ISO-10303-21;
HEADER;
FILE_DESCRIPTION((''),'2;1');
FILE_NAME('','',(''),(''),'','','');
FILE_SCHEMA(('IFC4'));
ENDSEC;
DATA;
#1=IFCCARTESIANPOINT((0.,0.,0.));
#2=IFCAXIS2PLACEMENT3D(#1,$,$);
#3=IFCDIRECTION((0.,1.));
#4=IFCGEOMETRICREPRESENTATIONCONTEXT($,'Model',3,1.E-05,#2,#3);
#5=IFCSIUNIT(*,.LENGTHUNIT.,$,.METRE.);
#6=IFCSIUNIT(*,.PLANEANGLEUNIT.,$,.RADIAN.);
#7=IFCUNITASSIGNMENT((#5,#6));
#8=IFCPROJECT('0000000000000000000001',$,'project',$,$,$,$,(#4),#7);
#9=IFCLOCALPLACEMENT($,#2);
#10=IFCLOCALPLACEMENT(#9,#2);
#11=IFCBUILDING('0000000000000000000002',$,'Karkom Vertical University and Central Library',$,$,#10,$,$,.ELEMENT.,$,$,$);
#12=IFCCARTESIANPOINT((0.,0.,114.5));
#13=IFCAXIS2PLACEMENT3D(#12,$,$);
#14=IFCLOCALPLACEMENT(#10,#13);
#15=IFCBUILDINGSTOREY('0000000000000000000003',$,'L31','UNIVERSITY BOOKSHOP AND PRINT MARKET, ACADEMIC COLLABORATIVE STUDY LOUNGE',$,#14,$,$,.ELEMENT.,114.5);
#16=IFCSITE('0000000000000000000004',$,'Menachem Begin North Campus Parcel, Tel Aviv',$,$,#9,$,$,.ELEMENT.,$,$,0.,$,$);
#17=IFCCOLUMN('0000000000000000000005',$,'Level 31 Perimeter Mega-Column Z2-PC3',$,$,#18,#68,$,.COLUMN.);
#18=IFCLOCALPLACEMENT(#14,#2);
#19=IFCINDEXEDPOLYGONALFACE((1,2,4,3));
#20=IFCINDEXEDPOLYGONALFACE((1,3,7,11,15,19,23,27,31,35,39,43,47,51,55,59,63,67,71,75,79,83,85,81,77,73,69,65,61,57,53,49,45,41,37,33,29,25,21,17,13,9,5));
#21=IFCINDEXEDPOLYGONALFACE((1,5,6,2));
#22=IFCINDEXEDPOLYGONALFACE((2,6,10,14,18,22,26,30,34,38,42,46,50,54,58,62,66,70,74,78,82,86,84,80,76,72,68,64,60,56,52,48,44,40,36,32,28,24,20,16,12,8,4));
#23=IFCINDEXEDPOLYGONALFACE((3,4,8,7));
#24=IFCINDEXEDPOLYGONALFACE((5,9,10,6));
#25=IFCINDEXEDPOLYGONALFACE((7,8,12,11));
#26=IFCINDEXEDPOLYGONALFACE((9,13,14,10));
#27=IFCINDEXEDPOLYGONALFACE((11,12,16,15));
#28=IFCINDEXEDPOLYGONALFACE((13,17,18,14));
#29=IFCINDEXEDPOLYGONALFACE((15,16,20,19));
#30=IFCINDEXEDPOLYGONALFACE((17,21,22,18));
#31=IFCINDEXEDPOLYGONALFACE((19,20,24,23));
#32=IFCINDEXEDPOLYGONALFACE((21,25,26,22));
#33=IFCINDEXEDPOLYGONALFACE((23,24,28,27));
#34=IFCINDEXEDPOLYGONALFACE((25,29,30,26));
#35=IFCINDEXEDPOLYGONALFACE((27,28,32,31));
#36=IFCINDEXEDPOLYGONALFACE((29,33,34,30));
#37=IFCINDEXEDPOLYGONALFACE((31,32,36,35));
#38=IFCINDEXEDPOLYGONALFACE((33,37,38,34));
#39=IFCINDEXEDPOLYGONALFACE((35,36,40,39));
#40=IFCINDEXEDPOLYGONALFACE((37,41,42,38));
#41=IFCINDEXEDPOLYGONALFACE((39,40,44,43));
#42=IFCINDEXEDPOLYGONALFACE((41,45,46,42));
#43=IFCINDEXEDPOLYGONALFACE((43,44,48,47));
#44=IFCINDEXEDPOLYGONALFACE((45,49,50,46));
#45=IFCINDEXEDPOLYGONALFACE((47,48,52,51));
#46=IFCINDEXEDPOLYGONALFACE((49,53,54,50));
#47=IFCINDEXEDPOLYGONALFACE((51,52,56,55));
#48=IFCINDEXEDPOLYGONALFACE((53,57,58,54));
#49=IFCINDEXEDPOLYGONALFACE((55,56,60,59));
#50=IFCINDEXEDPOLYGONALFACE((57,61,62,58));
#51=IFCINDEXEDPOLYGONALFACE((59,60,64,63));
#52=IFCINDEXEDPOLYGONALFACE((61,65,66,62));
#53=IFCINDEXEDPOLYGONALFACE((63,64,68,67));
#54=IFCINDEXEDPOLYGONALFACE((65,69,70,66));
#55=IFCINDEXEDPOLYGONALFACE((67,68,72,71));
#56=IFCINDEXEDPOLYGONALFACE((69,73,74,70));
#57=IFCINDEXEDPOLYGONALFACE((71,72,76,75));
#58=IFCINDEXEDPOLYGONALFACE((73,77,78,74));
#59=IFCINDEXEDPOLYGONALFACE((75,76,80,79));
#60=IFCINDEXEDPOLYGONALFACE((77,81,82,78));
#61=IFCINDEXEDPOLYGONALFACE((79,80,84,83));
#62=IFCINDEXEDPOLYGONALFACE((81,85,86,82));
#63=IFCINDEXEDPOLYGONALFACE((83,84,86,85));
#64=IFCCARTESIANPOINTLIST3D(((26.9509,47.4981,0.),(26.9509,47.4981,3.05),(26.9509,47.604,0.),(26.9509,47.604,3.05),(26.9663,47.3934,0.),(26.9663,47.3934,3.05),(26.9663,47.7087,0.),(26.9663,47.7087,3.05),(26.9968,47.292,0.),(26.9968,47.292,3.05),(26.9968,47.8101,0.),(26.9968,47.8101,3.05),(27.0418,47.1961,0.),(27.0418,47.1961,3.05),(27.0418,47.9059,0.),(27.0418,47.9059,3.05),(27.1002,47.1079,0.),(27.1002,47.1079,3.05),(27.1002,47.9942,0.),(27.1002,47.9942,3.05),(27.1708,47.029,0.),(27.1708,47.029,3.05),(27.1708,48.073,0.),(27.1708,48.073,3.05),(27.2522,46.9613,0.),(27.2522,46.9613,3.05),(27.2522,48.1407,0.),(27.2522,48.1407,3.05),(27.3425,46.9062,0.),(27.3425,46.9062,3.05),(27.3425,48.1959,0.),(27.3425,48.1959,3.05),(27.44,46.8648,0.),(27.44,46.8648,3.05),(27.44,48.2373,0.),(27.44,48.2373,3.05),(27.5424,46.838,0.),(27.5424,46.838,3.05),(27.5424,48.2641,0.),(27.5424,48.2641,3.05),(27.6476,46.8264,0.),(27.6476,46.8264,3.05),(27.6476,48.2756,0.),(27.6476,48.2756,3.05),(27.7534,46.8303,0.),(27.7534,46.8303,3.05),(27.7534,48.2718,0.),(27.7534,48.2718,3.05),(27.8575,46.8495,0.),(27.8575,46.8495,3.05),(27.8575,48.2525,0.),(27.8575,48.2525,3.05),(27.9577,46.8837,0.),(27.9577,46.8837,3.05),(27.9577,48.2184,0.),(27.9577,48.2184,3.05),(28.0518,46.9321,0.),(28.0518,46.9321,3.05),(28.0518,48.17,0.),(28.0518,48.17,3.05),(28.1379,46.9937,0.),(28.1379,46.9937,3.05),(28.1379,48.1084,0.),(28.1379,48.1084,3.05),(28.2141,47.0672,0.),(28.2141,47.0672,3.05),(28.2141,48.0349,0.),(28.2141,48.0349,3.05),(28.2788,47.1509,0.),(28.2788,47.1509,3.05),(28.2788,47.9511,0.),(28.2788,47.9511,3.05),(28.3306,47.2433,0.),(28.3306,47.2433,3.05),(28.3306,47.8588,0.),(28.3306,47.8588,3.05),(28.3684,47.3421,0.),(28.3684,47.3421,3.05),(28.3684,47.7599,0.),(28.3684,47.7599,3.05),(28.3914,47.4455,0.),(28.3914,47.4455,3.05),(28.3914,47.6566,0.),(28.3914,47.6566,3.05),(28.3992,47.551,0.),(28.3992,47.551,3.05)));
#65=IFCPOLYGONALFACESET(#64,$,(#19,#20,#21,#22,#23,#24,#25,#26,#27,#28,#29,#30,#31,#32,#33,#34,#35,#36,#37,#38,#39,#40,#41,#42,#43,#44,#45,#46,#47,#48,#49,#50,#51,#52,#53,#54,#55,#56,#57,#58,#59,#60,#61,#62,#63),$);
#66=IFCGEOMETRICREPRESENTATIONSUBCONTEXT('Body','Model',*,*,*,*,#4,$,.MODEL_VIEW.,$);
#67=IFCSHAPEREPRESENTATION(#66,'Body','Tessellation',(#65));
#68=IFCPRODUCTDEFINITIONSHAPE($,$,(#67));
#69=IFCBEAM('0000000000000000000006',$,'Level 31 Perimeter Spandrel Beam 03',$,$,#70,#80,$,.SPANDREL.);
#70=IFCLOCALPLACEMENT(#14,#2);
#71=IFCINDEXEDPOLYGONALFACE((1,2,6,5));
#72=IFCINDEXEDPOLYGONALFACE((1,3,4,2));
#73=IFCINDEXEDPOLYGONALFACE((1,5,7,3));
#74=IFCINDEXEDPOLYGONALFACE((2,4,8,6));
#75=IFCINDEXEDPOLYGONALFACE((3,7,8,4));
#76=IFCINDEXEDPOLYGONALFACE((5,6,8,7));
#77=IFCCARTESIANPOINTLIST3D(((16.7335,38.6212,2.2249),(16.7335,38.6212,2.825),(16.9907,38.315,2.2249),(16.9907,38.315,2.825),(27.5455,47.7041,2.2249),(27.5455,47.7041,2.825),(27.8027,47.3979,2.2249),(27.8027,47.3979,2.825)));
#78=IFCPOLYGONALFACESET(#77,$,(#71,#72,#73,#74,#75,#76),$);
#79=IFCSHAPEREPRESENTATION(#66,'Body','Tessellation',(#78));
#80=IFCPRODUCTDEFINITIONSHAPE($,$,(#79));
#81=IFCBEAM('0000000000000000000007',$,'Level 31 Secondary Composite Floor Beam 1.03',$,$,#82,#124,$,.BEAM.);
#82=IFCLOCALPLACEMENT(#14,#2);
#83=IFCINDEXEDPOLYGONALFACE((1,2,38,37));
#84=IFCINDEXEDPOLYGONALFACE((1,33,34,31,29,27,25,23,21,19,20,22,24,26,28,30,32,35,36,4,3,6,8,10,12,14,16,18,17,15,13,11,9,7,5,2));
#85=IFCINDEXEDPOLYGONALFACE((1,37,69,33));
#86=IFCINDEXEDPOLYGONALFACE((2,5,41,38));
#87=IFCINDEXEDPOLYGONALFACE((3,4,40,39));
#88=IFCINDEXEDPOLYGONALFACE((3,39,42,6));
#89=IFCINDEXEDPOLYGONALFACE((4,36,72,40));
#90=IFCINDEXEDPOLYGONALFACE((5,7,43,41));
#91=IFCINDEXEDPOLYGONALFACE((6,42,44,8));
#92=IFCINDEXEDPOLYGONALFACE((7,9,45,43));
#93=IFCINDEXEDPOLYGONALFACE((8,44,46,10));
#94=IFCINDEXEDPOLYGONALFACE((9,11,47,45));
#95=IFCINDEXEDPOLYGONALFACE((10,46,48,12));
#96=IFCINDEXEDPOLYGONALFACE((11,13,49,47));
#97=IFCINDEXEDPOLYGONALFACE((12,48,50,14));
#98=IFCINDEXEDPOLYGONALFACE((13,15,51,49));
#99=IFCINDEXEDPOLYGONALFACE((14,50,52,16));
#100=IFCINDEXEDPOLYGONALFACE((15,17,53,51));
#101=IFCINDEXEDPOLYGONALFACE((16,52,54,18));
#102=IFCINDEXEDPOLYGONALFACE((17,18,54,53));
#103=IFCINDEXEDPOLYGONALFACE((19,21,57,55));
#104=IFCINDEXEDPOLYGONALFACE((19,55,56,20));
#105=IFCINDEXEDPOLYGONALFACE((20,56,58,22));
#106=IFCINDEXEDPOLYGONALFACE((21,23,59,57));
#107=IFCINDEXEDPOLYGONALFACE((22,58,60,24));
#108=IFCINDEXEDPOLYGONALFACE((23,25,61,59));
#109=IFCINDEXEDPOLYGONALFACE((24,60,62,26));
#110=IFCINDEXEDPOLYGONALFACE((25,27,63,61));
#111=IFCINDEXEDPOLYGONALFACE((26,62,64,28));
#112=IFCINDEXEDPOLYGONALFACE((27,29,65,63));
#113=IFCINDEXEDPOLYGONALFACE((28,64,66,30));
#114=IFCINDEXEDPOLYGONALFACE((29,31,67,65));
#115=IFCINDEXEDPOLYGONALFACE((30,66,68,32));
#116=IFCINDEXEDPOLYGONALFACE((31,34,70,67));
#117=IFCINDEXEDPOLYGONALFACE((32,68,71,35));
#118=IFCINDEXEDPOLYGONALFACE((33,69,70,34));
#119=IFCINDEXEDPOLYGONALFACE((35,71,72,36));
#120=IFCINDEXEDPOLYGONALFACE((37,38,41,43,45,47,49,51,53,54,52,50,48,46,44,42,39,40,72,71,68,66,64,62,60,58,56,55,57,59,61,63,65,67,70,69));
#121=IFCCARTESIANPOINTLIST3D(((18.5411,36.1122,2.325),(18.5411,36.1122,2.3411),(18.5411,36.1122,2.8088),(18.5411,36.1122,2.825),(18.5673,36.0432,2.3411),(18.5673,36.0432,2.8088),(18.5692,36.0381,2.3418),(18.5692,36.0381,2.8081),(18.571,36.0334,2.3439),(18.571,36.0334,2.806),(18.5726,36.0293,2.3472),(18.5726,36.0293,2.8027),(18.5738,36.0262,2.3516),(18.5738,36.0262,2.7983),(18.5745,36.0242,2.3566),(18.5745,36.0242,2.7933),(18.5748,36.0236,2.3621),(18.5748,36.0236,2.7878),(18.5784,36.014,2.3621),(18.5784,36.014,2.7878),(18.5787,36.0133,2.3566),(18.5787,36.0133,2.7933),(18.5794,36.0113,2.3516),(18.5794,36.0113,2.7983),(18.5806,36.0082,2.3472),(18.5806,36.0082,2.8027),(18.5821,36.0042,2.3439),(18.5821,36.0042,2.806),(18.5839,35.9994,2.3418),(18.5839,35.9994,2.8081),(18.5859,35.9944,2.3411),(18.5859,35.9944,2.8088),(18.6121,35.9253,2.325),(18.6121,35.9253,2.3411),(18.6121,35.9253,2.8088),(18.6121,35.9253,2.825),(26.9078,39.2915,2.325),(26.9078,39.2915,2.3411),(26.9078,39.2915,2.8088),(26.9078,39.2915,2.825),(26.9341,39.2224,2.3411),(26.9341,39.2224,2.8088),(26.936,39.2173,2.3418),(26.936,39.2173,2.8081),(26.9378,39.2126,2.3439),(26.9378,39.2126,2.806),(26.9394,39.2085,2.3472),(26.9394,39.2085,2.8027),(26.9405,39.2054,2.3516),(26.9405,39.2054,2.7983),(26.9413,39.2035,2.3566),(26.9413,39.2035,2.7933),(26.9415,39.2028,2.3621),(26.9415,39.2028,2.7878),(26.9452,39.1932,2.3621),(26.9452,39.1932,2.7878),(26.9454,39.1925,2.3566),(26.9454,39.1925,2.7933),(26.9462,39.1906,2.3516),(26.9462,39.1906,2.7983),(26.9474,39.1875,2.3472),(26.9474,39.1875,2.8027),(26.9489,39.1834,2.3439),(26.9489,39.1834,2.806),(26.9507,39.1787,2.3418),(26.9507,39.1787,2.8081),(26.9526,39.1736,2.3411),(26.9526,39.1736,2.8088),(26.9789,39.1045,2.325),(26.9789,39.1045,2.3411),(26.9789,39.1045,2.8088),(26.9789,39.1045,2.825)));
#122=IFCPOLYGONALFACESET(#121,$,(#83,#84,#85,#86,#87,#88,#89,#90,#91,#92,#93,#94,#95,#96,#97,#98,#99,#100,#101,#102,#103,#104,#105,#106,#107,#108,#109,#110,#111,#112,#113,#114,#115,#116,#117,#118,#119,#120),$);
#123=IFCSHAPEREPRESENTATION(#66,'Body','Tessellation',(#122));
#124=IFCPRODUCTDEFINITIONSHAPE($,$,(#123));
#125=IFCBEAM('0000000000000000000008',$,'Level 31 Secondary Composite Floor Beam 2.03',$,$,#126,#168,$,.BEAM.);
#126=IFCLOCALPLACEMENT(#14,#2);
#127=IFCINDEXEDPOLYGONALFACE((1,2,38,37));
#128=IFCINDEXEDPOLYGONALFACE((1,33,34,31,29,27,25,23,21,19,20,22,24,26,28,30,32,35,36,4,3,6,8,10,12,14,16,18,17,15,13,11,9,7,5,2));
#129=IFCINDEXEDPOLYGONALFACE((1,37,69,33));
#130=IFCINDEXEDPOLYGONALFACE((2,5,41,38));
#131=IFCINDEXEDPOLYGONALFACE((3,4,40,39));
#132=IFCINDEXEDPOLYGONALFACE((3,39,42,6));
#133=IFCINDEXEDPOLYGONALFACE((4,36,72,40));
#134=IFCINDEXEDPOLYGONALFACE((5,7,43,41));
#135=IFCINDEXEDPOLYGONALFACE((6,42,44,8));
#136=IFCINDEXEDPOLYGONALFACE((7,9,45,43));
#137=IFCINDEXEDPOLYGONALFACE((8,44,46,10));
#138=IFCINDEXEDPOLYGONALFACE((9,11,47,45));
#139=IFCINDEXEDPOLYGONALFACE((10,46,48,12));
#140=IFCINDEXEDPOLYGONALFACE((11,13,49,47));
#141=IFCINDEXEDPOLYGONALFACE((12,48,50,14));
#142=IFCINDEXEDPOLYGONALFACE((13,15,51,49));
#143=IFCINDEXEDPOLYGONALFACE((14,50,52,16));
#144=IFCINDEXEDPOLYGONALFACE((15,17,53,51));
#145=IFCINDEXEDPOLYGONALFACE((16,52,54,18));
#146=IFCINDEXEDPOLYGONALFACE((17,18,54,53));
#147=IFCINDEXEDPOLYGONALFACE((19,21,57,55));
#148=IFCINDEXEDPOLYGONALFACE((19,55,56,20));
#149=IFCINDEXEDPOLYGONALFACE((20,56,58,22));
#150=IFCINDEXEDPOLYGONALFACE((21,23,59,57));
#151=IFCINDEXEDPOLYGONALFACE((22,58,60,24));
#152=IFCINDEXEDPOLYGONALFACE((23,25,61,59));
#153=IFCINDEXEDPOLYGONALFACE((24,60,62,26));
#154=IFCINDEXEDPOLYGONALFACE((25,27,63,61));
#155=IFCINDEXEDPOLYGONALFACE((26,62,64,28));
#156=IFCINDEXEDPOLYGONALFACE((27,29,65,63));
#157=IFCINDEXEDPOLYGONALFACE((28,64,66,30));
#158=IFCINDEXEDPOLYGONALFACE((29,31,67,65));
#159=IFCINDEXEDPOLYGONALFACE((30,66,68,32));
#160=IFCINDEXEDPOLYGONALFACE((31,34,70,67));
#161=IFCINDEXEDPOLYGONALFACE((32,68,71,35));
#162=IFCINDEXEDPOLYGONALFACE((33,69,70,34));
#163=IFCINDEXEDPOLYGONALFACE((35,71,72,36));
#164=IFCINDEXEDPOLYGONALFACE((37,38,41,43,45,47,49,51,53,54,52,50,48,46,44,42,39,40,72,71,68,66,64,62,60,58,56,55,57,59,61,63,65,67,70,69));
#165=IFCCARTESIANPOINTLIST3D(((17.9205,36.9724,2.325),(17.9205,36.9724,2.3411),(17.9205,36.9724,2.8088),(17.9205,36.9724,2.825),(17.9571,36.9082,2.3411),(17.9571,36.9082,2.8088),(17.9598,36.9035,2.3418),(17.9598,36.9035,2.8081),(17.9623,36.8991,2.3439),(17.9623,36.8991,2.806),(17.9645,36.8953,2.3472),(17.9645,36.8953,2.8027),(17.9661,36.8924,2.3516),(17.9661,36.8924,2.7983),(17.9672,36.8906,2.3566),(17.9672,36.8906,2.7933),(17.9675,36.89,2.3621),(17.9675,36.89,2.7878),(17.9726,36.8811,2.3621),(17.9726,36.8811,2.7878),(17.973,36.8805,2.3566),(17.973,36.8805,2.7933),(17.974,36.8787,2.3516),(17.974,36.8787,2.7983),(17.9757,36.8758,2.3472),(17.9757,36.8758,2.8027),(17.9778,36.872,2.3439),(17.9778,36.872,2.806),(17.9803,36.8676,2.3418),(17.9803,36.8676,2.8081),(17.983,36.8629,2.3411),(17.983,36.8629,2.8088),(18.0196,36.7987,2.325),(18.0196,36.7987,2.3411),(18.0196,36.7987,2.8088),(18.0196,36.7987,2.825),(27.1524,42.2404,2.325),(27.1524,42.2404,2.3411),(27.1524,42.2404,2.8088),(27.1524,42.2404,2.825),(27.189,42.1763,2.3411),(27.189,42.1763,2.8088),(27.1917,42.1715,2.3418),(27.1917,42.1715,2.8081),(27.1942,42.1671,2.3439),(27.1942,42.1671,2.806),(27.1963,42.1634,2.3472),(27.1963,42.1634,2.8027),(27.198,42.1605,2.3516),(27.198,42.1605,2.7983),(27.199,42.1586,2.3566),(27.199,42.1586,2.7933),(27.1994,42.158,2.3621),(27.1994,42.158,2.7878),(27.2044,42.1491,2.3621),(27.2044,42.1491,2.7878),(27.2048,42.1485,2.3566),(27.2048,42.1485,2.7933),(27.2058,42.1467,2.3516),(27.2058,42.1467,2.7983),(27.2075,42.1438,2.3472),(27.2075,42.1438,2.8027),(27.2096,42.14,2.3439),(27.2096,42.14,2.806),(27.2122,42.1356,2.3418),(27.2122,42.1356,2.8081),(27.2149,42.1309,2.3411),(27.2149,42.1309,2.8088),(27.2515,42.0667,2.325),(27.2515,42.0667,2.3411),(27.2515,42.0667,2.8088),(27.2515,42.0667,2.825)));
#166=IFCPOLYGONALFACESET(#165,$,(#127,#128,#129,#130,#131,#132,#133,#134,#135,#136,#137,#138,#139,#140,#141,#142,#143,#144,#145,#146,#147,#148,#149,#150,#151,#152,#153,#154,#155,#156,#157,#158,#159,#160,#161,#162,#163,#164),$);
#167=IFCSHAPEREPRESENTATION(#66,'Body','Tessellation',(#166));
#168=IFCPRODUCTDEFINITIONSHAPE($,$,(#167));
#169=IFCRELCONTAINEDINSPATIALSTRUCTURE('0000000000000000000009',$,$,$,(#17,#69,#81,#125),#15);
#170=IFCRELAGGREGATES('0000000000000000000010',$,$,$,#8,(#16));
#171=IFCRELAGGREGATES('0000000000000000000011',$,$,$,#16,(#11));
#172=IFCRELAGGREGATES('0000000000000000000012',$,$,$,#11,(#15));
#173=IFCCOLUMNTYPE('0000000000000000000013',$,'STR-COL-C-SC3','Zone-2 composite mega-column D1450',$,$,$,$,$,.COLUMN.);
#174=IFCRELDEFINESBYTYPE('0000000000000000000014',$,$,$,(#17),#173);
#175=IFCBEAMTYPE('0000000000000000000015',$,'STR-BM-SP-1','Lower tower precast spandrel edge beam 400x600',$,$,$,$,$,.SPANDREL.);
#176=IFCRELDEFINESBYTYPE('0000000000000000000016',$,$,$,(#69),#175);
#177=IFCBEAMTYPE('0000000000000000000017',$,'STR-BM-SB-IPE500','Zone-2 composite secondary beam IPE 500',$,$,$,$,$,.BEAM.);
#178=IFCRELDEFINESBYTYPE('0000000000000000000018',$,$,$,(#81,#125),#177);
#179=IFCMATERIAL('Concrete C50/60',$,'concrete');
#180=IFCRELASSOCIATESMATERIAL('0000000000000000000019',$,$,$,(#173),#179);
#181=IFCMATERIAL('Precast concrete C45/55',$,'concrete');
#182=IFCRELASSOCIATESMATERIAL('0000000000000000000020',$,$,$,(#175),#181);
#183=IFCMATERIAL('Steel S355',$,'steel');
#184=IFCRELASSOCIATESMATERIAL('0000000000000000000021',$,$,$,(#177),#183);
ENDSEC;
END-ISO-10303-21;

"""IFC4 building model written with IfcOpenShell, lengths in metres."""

from ifc_helpers import new_model, si_unit, direction, frame, origin, origin_with_axes, origin_2d, place, context, subcontext, project, spatial, rectangle, circle, i_section, extrude, source, transform, mapped, material, material_profile, profile_set, type_object, element, save


model = new_model("IFC4")

# Units and contexts
model_context = context("Model", 3, precision=1e-05, world=origin(), true_north=direction((0.0, 1.0)))
body_context = subcontext(model_context, "Body", "Model", "MODEL_VIEW")
ifc_project = project(units=[si_unit("LENGTHUNIT", "METRE"), si_unit("PLANEANGLEUNIT", "RADIAN")], contexts=[model_context])

# Site, building, storey
site_placement = place(None, origin())
site = spatial("IfcSite", under=ifc_project, at=site_placement, Name="Menachem Begin North Campus Parcel, Tel Aviv", CompositionType="ELEMENT", RefElevation=0.0)
building_placement = place(site_placement, origin())
building = spatial("IfcBuilding", under=site, at=building_placement, Name="Karkom Vertical University and Central Library", CompositionType="ELEMENT")
storey_placement = place(building_placement, frame((0.0, 0.0, 114.5)))
storey = spatial("IfcBuildingStorey", under=building, at=storey_placement, Name="L31", Description="UNIVERSITY BOOKSHOP AND PRINT MARKET, ACADEMIC COLLABORATIVE STUDY LOUNGE", CompositionType="ELEMENT", Elevation=114.5)

# Column
ifc_material_1 = material(Name="Concrete C50/60", Category="concrete")
ifc_material_profile_1 = material_profile(ifc_material_1, circle(Radius=0.7251, at=origin_2d()), Name="CFT-D1450")
ifc_profile_set_1 = profile_set([ifc_material_profile_1], Name="Concrete C50/60")
column_type = type_object("IfcColumnType", Name="STR-COL-C-SC3", Description="Zone-2 composite mega-column D1450", PredefinedType="COLUMN", material=ifc_profile_set_1)
shared_shape_1 = source(origin_with_axes(), body_context, "Body", "SweptSolid", [
    extrude(circle(Radius=0.7251, at=origin_2d()), origin(), (0.0, 0.0, 1.0), 3.05),
])
column_placement = place(storey_placement, frame((27.6741, 47.551, 0.0), z_axis=(0.0, 0.0, 1.0), x_axis=(1.0, 0.0, 0.0)))
element("IfcColumn", 1, at=column_placement, inside=storey, type_object=column_type, Name="Level 31 Perimeter Mega-Column Z2-PC3", PredefinedType="COLUMN", context=body_context, shape_type="MappedRepresentation", body=[
    mapped(shared_shape_1, transform((0.0, 0.0, 0.0), scale=1.0)),
])

# Beams
ifc_material_2 = material(Name="Precast concrete C45/55", Category="concrete")
ifc_material_profile_2 = material_profile(ifc_material_2, rectangle(XDim=0.3999, YDim=0.6001, at=origin_2d()), Name="SPB-400x600")
ifc_profile_set_2 = profile_set([ifc_material_profile_2], Name="Precast concrete C45/55")
beam_type_1 = type_object("IfcBeamType", Name="STR-BM-SP-1", Description="Lower tower precast spandrel edge beam 400x600", PredefinedType="SPANDREL", material=ifc_profile_set_2)
shared_shape_2 = source(origin_with_axes(), body_context, "Body", "SweptSolid", [
    extrude(rectangle(XDim=0.3999, YDim=0.6001, at=origin_2d()), origin(), (0.0, 0.0, 1.0), 14.1208),
])
beam_1_placement = place(storey_placement, frame((27.6741, 47.551, 2.5249), z_axis=(-0.765673, -0.64323, 0.0), x_axis=(0.64323, -0.765673, 0.0)))
element("IfcBeam", 2, at=beam_1_placement, inside=storey, type_object=beam_type_1, Name="Level 31 Perimeter Spandrel Beam 03", PredefinedType="SPANDREL", context=body_context, shape_type="MappedRepresentation", body=[
    mapped(shared_shape_2, transform((0.0, 0.0, 0.0), scale=1.0)),
])
ifc_material_3 = material(Name="Steel S355", Category="steel")
ifc_material_profile_3 = material_profile(ifc_material_3, i_section(OverallWidth=0.2, OverallDepth=0.5, WebThickness=0.0103, FlangeThickness=0.0161, FilletRadius=0.021, at=origin_2d()), Name="IPE 500")
ifc_profile_set_3 = profile_set([ifc_material_profile_3], Name="Steel S355")
beam_type_2 = type_object("IfcBeamType", Name="STR-BM-SB-IPE500", Description="Zone-2 composite secondary beam IPE 500", PredefinedType="BEAM", material=ifc_profile_set_3)
shared_shape_3 = source(origin_with_axes(), body_context, "Body", "SweptSolid", [
    extrude(i_section(OverallWidth=0.2, OverallDepth=0.5, WebThickness=0.0103, FlangeThickness=0.0161, FilletRadius=0.021, at=origin_2d()), origin(), (0.0, 0.0, 1.0), 8.9504),
])
beam_2_placement = place(storey_placement, frame((26.9434, 39.198, 2.575), z_axis=(-0.934789, -0.355203, 0.0), x_axis=(0.355203, -0.934789, 0.0)))
element("IfcBeam", 3, at=beam_2_placement, inside=storey, type_object=beam_type_2, Name="Level 31 Secondary Composite Floor Beam 1.03", PredefinedType="BEAM", context=body_context, shape_type="MappedRepresentation", body=[
    mapped(shared_shape_3, transform((0.0, 0.0, 0.0), scale=1.0)),
])
shared_shape_4 = source(origin_with_axes(), body_context, "Body", "SweptSolid", [
    extrude(i_section(OverallWidth=0.2, OverallDepth=0.5, WebThickness=0.0103, FlangeThickness=0.0161, FilletRadius=0.021, at=origin_2d()), origin(), (0.0, 0.0, 1.0), 10.6292),
])
beam_3_placement = place(storey_placement, frame((27.2019, 42.1536, 2.575), z_axis=(-0.86854, -0.495619, 0.0), x_axis=(0.495619, -0.86854, 0.0)))
element("IfcBeam", 4, at=beam_3_placement, inside=storey, type_object=beam_type_2, Name="Level 31 Secondary Composite Floor Beam 2.03", PredefinedType="BEAM", context=body_context, shape_type="MappedRepresentation", body=[
    mapped(shared_shape_4, transform((0.0, 0.0, 0.0), scale=1.0)),
])

save(model, "model.ifc")
